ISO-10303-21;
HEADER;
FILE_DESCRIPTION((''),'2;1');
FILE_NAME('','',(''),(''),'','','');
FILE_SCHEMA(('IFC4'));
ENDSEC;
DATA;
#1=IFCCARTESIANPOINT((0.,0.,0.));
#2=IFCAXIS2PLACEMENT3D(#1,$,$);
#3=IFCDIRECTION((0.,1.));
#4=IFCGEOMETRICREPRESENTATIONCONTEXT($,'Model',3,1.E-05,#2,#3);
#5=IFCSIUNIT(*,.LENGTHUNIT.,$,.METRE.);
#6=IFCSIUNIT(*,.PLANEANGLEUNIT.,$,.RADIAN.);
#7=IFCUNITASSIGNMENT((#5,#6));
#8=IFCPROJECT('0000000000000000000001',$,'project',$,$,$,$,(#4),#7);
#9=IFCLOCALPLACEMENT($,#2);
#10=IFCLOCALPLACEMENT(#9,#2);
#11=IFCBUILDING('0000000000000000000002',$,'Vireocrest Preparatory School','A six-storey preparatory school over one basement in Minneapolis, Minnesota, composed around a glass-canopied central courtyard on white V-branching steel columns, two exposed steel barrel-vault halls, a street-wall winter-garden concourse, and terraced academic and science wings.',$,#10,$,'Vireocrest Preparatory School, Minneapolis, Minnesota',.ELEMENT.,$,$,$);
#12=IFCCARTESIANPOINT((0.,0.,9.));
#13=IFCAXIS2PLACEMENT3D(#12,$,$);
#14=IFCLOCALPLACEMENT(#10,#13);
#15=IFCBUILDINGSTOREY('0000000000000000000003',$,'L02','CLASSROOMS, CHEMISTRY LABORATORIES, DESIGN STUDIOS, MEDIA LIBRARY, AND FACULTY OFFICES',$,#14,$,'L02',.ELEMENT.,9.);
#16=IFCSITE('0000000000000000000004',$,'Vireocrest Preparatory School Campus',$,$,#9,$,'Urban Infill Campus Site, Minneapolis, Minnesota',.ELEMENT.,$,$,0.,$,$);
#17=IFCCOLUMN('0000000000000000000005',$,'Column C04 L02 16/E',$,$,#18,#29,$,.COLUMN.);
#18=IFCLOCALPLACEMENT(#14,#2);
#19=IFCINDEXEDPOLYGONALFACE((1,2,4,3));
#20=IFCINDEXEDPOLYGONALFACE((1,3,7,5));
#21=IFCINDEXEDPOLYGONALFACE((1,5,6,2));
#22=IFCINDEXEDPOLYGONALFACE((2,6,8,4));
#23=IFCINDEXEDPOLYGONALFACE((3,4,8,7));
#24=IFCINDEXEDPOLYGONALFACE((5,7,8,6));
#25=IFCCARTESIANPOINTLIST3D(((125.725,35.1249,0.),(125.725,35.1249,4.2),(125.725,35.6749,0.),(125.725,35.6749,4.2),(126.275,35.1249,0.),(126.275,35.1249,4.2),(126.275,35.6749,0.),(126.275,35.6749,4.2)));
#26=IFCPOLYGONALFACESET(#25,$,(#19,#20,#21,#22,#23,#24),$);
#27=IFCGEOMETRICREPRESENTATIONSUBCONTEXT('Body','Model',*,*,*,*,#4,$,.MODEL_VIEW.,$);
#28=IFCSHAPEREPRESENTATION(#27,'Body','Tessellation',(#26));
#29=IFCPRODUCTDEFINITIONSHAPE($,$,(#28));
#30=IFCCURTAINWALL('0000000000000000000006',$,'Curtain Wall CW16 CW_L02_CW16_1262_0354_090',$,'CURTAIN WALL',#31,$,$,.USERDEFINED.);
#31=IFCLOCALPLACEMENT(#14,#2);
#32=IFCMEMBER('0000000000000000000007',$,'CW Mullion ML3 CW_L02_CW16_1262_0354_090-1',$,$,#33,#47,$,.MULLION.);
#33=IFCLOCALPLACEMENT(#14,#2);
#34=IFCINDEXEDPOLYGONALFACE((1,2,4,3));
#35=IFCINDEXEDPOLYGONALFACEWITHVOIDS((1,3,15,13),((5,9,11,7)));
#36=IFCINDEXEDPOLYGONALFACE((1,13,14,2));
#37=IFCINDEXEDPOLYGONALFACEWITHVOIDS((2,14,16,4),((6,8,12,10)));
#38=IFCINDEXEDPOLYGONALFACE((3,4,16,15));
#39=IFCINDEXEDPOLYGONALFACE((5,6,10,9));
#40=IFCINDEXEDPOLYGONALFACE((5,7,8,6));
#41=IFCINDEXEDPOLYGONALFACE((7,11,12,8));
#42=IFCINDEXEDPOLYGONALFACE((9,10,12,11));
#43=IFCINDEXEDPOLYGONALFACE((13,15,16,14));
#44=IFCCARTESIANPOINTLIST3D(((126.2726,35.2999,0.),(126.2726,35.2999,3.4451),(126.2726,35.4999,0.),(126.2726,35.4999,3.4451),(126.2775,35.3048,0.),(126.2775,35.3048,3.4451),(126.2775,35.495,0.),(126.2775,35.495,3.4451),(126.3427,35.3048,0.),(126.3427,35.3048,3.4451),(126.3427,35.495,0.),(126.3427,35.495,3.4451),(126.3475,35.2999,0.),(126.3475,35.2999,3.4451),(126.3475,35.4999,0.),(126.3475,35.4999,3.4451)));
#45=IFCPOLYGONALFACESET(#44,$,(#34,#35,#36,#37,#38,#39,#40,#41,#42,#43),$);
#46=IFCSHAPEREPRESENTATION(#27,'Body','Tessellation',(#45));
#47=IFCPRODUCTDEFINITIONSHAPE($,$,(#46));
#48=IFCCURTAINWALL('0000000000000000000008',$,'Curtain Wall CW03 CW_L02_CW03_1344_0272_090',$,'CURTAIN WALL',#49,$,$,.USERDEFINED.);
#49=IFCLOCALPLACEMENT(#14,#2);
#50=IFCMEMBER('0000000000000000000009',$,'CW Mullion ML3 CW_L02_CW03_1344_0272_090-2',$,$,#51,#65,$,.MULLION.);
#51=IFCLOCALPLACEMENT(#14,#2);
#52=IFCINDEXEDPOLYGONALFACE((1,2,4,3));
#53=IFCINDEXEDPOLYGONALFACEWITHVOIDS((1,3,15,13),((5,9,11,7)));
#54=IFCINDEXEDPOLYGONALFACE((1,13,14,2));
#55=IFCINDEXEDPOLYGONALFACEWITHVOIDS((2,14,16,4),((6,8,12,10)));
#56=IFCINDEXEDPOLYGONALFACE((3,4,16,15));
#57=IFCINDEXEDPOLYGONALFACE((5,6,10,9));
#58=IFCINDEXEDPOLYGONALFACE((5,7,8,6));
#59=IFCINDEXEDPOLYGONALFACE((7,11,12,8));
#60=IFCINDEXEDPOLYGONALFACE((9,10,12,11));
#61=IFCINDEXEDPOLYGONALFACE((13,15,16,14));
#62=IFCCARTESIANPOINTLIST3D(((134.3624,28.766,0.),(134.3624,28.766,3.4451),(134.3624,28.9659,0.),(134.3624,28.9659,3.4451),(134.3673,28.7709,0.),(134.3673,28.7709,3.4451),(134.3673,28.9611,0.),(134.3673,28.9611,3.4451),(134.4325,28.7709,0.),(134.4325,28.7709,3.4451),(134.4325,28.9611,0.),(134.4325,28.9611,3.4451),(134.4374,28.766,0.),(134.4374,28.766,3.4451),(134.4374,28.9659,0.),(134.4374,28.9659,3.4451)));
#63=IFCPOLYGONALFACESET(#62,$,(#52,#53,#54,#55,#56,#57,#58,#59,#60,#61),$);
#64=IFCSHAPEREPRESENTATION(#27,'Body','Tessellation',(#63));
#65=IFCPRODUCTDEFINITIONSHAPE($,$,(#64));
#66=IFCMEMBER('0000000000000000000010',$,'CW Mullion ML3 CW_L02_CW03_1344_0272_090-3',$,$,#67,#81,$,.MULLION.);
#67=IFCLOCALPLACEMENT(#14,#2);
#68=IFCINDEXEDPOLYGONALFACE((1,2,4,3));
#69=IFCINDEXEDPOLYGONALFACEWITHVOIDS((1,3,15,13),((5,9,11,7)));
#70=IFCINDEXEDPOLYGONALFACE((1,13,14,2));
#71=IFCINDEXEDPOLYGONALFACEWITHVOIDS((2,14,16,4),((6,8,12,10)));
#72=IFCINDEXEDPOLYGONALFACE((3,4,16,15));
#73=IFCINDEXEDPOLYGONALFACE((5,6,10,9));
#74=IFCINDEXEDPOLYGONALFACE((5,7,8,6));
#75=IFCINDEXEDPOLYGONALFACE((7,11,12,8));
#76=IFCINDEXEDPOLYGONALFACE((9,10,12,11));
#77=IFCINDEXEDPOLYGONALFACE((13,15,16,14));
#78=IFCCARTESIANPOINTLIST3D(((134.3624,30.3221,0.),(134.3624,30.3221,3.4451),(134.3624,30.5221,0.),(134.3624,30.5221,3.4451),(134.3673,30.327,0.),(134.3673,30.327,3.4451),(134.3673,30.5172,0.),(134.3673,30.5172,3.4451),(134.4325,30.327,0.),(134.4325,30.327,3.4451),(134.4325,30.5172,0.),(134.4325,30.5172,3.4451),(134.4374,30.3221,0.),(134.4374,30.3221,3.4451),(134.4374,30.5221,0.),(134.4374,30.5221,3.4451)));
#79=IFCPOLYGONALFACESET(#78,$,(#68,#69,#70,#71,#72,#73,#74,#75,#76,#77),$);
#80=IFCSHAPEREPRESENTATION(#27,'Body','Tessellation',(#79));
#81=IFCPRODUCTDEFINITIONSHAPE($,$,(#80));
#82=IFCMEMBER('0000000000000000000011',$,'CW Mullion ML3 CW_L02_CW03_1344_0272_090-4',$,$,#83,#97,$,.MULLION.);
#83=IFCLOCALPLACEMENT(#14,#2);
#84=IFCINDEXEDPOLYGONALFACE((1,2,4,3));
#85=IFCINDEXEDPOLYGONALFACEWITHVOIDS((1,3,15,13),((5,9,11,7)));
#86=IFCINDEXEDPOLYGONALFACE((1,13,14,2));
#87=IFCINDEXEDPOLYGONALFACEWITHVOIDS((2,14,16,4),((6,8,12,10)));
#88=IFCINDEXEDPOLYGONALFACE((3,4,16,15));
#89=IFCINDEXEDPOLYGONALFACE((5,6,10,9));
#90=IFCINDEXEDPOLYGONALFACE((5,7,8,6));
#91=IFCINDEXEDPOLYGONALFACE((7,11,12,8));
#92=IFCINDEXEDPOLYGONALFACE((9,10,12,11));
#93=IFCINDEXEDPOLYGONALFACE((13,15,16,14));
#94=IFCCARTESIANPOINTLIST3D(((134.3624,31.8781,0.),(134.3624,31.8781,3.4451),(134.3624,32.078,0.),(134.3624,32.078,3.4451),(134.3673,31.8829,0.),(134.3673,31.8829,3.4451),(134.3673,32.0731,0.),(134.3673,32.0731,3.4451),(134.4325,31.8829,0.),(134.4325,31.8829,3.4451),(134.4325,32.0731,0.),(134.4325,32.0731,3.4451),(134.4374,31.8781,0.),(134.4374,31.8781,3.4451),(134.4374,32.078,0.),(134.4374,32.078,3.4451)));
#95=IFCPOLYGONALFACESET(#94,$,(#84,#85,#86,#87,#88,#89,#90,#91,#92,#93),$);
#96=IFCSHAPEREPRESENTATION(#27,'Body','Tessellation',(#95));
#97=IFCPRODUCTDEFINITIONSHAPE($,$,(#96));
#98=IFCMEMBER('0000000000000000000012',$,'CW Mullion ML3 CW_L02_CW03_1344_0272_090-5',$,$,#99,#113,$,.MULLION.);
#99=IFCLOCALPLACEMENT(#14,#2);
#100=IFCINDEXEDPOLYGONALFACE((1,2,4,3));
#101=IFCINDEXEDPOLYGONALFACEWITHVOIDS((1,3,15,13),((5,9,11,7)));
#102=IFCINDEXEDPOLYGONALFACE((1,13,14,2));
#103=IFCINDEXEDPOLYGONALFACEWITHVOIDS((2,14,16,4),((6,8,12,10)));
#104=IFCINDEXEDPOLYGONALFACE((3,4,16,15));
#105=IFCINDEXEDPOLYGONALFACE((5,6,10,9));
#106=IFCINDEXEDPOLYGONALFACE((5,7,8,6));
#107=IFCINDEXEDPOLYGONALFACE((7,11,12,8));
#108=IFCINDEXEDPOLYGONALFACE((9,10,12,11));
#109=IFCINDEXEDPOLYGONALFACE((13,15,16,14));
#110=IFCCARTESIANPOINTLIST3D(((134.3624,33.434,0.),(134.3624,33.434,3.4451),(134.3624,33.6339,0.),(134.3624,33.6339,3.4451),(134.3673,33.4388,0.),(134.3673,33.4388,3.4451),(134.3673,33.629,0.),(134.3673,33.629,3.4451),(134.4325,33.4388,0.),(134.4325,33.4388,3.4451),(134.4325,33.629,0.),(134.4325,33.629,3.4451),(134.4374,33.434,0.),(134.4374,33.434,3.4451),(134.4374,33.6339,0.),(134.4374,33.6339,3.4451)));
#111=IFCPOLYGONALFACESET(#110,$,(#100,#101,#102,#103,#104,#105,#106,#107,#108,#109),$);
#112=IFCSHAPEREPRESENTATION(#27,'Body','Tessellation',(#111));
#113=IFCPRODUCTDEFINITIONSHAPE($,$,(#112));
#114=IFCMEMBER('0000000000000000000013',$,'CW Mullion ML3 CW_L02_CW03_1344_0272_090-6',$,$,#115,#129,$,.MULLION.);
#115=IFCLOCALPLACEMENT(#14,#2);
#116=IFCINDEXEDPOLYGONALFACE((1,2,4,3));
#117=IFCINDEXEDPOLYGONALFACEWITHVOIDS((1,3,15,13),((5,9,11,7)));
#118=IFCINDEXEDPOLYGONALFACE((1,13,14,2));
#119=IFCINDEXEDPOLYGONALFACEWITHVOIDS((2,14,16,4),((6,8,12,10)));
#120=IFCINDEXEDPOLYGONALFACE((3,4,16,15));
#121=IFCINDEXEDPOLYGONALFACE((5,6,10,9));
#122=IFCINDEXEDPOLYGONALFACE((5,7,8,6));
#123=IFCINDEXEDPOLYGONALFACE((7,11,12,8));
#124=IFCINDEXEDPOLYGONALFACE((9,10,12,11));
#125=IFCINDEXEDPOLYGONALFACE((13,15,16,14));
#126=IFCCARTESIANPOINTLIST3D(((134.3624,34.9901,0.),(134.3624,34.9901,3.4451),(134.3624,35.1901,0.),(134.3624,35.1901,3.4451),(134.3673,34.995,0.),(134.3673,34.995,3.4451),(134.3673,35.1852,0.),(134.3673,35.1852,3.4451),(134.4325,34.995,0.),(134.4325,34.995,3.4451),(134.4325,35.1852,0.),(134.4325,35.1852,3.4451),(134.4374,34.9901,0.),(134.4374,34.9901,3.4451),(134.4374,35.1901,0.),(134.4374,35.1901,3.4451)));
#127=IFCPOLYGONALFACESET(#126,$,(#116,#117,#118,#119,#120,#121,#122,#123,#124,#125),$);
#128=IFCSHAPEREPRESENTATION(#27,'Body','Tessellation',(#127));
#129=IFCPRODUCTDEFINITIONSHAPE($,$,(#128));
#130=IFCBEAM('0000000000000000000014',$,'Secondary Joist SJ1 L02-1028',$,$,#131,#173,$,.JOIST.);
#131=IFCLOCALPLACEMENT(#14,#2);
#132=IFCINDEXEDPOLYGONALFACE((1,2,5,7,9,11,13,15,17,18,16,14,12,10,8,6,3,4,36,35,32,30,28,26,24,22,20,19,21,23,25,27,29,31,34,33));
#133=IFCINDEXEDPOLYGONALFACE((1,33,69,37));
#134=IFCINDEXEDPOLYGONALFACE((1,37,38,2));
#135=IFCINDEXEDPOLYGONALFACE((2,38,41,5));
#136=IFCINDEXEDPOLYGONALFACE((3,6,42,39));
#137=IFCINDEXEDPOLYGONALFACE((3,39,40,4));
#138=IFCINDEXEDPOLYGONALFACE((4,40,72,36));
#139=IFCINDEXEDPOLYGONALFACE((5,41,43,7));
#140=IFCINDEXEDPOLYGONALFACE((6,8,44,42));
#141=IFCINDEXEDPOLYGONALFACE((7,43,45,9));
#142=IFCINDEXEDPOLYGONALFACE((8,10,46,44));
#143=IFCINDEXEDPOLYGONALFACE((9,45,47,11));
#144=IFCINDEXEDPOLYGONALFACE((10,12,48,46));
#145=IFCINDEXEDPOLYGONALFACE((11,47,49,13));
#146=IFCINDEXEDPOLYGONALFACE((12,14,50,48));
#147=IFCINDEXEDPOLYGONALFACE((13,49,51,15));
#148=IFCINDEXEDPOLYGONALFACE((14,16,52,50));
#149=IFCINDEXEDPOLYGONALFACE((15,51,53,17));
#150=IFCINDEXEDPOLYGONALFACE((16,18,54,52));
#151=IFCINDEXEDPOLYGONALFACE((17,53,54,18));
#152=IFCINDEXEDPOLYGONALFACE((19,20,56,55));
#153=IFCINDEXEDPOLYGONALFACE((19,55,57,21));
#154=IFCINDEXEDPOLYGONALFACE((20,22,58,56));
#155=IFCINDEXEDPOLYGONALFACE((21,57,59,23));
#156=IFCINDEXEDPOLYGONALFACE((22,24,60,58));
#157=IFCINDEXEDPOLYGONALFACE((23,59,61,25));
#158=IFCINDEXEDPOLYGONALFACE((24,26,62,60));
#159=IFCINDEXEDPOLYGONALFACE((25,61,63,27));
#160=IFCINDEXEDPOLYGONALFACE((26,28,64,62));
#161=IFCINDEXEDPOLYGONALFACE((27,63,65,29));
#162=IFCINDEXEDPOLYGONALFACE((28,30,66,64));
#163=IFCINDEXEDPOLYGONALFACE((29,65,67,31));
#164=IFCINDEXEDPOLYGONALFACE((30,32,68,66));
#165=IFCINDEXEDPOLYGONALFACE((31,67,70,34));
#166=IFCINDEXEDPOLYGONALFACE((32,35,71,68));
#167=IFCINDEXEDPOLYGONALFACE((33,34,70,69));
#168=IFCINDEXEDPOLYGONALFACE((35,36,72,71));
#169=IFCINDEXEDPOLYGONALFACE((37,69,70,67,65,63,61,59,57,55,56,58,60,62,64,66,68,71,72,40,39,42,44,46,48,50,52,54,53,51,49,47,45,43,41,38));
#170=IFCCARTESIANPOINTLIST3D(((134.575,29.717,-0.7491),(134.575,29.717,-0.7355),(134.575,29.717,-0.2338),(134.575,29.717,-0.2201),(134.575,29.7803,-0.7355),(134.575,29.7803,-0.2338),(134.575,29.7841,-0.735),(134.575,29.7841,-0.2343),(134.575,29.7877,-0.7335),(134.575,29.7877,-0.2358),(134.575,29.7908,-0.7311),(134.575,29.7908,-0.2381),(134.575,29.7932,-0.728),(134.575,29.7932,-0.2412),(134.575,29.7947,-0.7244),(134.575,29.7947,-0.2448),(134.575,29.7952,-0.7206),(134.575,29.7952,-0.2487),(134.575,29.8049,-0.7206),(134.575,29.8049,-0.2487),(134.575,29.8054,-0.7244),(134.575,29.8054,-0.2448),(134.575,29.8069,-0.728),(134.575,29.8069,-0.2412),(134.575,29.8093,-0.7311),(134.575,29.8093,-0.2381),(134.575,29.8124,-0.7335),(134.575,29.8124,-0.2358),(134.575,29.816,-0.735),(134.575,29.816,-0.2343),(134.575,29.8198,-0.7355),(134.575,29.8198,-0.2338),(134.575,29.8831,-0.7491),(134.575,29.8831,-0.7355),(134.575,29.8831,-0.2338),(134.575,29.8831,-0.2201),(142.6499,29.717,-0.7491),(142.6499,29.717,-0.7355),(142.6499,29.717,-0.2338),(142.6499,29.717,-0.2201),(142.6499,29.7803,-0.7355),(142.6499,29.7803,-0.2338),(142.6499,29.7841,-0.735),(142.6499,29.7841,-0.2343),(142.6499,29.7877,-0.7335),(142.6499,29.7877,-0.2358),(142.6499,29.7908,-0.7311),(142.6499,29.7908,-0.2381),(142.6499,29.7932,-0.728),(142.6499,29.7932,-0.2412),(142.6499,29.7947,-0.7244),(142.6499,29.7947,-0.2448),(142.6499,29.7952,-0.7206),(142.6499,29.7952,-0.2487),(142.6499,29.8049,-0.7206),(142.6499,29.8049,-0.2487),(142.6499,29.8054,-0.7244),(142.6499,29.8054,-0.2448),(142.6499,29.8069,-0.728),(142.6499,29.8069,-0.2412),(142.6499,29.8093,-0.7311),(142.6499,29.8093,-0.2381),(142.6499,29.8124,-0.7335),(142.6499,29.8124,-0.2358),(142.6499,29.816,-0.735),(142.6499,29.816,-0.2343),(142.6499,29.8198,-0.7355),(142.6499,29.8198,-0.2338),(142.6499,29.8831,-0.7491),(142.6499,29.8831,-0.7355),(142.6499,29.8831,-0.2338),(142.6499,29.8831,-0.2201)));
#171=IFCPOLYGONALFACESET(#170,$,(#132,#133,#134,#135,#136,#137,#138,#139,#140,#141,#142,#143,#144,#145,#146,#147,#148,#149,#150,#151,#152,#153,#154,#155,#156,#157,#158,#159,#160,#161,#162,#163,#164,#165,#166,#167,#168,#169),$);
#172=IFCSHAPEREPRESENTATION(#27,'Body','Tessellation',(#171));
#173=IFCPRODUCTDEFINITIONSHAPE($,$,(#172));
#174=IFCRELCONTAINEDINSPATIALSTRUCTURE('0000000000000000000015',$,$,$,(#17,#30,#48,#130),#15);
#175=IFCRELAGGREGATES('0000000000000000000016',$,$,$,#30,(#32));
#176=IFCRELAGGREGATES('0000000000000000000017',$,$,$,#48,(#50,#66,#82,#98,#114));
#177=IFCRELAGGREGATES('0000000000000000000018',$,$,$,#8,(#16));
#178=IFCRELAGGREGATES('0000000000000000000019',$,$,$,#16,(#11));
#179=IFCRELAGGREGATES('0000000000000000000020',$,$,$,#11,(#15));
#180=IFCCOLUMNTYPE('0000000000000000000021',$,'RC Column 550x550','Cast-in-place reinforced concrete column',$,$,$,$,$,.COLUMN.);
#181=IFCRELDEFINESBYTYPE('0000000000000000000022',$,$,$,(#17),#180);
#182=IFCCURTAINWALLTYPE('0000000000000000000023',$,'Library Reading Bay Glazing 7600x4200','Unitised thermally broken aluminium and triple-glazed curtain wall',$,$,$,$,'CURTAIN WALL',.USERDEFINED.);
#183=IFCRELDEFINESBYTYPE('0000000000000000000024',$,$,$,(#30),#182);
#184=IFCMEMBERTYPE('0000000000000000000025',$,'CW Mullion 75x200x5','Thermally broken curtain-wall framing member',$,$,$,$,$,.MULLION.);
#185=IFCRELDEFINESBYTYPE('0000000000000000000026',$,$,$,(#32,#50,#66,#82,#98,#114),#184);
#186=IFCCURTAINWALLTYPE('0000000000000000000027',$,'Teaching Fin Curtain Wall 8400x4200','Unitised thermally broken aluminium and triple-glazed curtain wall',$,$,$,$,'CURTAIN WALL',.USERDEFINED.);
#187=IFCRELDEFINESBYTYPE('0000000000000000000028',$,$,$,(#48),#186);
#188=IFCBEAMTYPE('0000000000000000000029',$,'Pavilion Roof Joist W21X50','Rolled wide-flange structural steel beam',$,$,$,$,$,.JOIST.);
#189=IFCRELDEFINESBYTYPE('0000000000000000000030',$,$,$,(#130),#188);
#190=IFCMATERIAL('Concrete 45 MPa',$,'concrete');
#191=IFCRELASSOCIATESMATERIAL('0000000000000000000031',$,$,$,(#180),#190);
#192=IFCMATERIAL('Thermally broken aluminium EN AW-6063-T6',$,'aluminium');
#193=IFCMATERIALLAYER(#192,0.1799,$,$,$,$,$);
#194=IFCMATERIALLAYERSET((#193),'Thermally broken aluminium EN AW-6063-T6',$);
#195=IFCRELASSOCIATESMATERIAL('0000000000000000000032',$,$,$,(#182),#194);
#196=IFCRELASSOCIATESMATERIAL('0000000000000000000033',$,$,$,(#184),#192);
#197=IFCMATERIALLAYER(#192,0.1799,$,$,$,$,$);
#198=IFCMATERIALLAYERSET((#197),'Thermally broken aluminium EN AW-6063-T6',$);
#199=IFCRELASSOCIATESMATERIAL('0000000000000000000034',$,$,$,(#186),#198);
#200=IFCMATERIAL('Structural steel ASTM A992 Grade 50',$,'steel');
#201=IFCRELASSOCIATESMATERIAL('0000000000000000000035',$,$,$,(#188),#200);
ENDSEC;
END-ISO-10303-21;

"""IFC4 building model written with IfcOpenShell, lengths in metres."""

from ifc_helpers import new_model, si_unit, direction, frame, origin, origin_2d, place, context, subcontext, project, spatial, rectangle, hollow_rectangle, i_section, extrude, material, layer, layer_set, material_profile, profile_set, type_object, element, aggregate, save


model = new_model("IFC4")

# Units and contexts
model_context = context("Model", 3, precision=1e-05, world=origin(), true_north=direction((0.0, 1.0)))
body_context = subcontext(model_context, "Body", "Model", "MODEL_VIEW")
ifc_project = project(units=[si_unit("LENGTHUNIT", "METRE"), si_unit("PLANEANGLEUNIT", "RADIAN")], contexts=[model_context])

# Site, building, storey
site_placement = place(None, origin())
site = spatial("IfcSite", under=ifc_project, at=site_placement, Name="Vireocrest Preparatory School Campus", LongName="Urban Infill Campus Site, Minneapolis, Minnesota", CompositionType="ELEMENT", RefElevation=0.0)
building_placement = place(site_placement, origin())
building = spatial("IfcBuilding", under=site, at=building_placement, Name="Vireocrest Preparatory School", Description="A six-storey preparatory school over one basement in Minneapolis, Minnesota, composed around a glass-canopied central courtyard on white V-branching steel columns, two exposed steel barrel-vault halls, a street-wall winter-garden concourse, and terraced academic and science wings.", LongName="Vireocrest Preparatory School, Minneapolis, Minnesota", CompositionType="ELEMENT")
storey_placement = place(building_placement, frame((0.0, 0.0, 9.0)))
storey = spatial("IfcBuildingStorey", under=building, at=storey_placement, Name="L02", Description="CLASSROOMS, CHEMISTRY LABORATORIES, DESIGN STUDIOS, MEDIA LIBRARY, AND FACULTY OFFICES", LongName="L02", CompositionType="ELEMENT", Elevation=9.0)

# Column
ifc_material_1 = material(Name="Concrete 45 MPa", Category="concrete")
ifc_material_profile_1 = material_profile(ifc_material_1, rectangle(XDim=0.55, YDim=0.55, at=origin_2d()), Name="RC 550x550")
ifc_profile_set_1 = profile_set([ifc_material_profile_1], Name="Concrete 45 MPa")
column_type = type_object("IfcColumnType", Name="RC Column 550x550", Description="Cast-in-place reinforced concrete column", PredefinedType="COLUMN", material=ifc_profile_set_1)
column_placement = place(storey_placement, frame((126.0, 35.3999, 0.0), z_axis=(0.0, 0.0, 1.0), x_axis=(1.0, 0.0, 0.0)))
element("IfcColumn", 1, at=column_placement, inside=storey, type_object=column_type, Name="Column C04 L02 16/E", PredefinedType="COLUMN", context=body_context, shape_type="SweptSolid", body=[
    extrude(rectangle(XDim=0.55, YDim=0.55, at=origin_2d()), origin(), (0.0, 0.0, 1.0), 4.2),
])

# Curtain wall, member
ifc_material_2 = material(Name="Thermally broken aluminium EN AW-6063-T6", Category="aluminium")
ifc_layer_1 = layer(ifc_material_2, 0.1799)
ifc_layer_set_1 = layer_set([ifc_layer_1], Name="Thermally broken aluminium EN AW-6063-T6")
curtain_wall_type_1 = type_object("IfcCurtainWallType", Name="Library Reading Bay Glazing 7600x4200", Description="Unitised thermally broken aluminium and triple-glazed curtain wall", ElementType="CURTAIN WALL", PredefinedType="USERDEFINED", material=ifc_layer_set_1)
curtain_wall_1_placement = place(storey_placement, origin())
curtain_wall_1 = element("IfcCurtainWall", 2, at=curtain_wall_1_placement, inside=storey, type_object=curtain_wall_type_1, Name="Curtain Wall CW16 CW_L02_CW16_1262_0354_090", ObjectType="CURTAIN WALL", PredefinedType="USERDEFINED")
ifc_material_profile_2 = material_profile(ifc_material_2, hollow_rectangle(XDim=0.075, YDim=0.2, WallThickness=0.0049, at=origin_2d()), Name="ALU 75x200x5")
ifc_profile_set_2 = profile_set([ifc_material_profile_2], Name="Thermally broken aluminium EN AW-6063-T6")
member_type = type_object("IfcMemberType", Name="CW Mullion 75x200x5", Description="Thermally broken curtain-wall framing member", PredefinedType="MULLION", material=ifc_profile_set_2)
member_1_placement = place(storey_placement, frame((126.3101, 35.3999, 0.0), z_axis=(0.0, 0.0, 1.0), x_axis=(1.0, 0.0, 0.0)))
member_1 = element("IfcMember", 3, at=member_1_placement, type_object=member_type, Name="CW Mullion ML3 CW_L02_CW16_1262_0354_090-1", PredefinedType="MULLION", context=body_context, shape_type="SweptSolid", body=[
    extrude(hollow_rectangle(XDim=0.075, YDim=0.2, WallThickness=0.0049, at=origin_2d()), origin(), (0.0, 0.0, 1.0), 3.4451),
])
aggregate(curtain_wall_1, [member_1])

# Curtain wall, members
ifc_layer_2 = layer(ifc_material_2, 0.1799)
ifc_layer_set_2 = layer_set([ifc_layer_2], Name="Thermally broken aluminium EN AW-6063-T6")
curtain_wall_type_2 = type_object("IfcCurtainWallType", Name="Teaching Fin Curtain Wall 8400x4200", Description="Unitised thermally broken aluminium and triple-glazed curtain wall", ElementType="CURTAIN WALL", PredefinedType="USERDEFINED", material=ifc_layer_set_2)
curtain_wall_2_placement = place(storey_placement, origin())
curtain_wall_2 = element("IfcCurtainWall", 4, at=curtain_wall_2_placement, inside=storey, type_object=curtain_wall_type_2, Name="Curtain Wall CW03 CW_L02_CW03_1344_0272_090", ObjectType="CURTAIN WALL", PredefinedType="USERDEFINED")
member_2_placement = place(storey_placement, frame((134.3999, 28.866, 0.0), z_axis=(0.0, 0.0, 1.0), x_axis=(1.0, 0.0, 0.0)))
member_2 = element("IfcMember", 5, at=member_2_placement, type_object=member_type, Name="CW Mullion ML3 CW_L02_CW03_1344_0272_090-2", PredefinedType="MULLION", context=body_context, shape_type="SweptSolid", body=[
    extrude(hollow_rectangle(XDim=0.075, YDim=0.2, WallThickness=0.0049, at=origin_2d()), origin(), (0.0, 0.0, 1.0), 3.4451),
])
member_3_placement = place(storey_placement, frame((134.3999, 30.4221, 0.0), z_axis=(0.0, 0.0, 1.0), x_axis=(1.0, 0.0, 0.0)))
member_3 = element("IfcMember", 6, at=member_3_placement, type_object=member_type, Name="CW Mullion ML3 CW_L02_CW03_1344_0272_090-3", PredefinedType="MULLION", context=body_context, shape_type="SweptSolid", body=[
    extrude(hollow_rectangle(XDim=0.075, YDim=0.2, WallThickness=0.0049, at=origin_2d()), origin(), (0.0, 0.0, 1.0), 3.4451),
])
member_4_placement = place(storey_placement, frame((134.3999, 31.978, 0.0), z_axis=(0.0, 0.0, 1.0), x_axis=(1.0, 0.0, 0.0)))
member_4 = element("IfcMember", 7, at=member_4_placement, type_object=member_type, Name="CW Mullion ML3 CW_L02_CW03_1344_0272_090-4", PredefinedType="MULLION", context=body_context, shape_type="SweptSolid", body=[
    extrude(hollow_rectangle(XDim=0.075, YDim=0.2, WallThickness=0.0049, at=origin_2d()), origin(), (0.0, 0.0, 1.0), 3.4451),
])
member_5_placement = place(storey_placement, frame((134.3999, 33.5339, 0.0), z_axis=(0.0, 0.0, 1.0), x_axis=(1.0, 0.0, 0.0)))
member_5 = element("IfcMember", 8, at=member_5_placement, type_object=member_type, Name="CW Mullion ML3 CW_L02_CW03_1344_0272_090-5", PredefinedType="MULLION", context=body_context, shape_type="SweptSolid", body=[
    extrude(hollow_rectangle(XDim=0.075, YDim=0.2, WallThickness=0.0049, at=origin_2d()), origin(), (0.0, 0.0, 1.0), 3.4451),
])
member_6_placement = place(storey_placement, frame((134.3999, 35.0901, 0.0), z_axis=(0.0, 0.0, 1.0), x_axis=(1.0, 0.0, 0.0)))
member_6 = element("IfcMember", 9, at=member_6_placement, type_object=member_type, Name="CW Mullion ML3 CW_L02_CW03_1344_0272_090-6", PredefinedType="MULLION", context=body_context, shape_type="SweptSolid", body=[
    extrude(hollow_rectangle(XDim=0.075, YDim=0.2, WallThickness=0.0049, at=origin_2d()), origin(), (0.0, 0.0, 1.0), 3.4451),
])

# Beam
ifc_material_3 = material(Name="Structural steel ASTM A992 Grade 50", Category="steel")
ifc_material_profile_3 = material_profile(ifc_material_3, i_section(OverallWidth=0.166, OverallDepth=0.5291, WebThickness=0.0098, FlangeThickness=0.0137, FilletRadius=0.0149, at=origin_2d()), Name="W21X50")
ifc_profile_set_3 = profile_set([ifc_material_profile_3], Name="Structural steel ASTM A992 Grade 50")
beam_type_1 = type_object("IfcBeamType", Name="Pavilion Roof Joist W21X50", Description="Rolled wide-flange structural steel beam", PredefinedType="JOIST", material=ifc_profile_set_3)
for number, where, z_axis, x_axis, name in (
    (10, (134.575, 29.8, -0.4846), (1.0, 0.0, 0.0), (0.0, 1.0, 0.0), "Secondary Joist SJ1 L02-1028"),
):
    element("IfcBeam", number, at=place(storey_placement, frame(where, z_axis=z_axis, x_axis=x_axis)), inside=storey, type_object=beam_type_1, Name=name, PredefinedType="JOIST", context=body_context, shape_type="SweptSolid", body=[
        extrude(i_section(OverallWidth=0.166, OverallDepth=0.5291, WebThickness=0.0098, FlangeThickness=0.0137, FilletRadius=0.0149, at=origin_2d()), origin(), (0.0, 0.0, 1.0), 8.075),
    ])

aggregate(curtain_wall_2, [member_2, member_3, member_4, member_5, member_6])

save(model, "model.ifc")
